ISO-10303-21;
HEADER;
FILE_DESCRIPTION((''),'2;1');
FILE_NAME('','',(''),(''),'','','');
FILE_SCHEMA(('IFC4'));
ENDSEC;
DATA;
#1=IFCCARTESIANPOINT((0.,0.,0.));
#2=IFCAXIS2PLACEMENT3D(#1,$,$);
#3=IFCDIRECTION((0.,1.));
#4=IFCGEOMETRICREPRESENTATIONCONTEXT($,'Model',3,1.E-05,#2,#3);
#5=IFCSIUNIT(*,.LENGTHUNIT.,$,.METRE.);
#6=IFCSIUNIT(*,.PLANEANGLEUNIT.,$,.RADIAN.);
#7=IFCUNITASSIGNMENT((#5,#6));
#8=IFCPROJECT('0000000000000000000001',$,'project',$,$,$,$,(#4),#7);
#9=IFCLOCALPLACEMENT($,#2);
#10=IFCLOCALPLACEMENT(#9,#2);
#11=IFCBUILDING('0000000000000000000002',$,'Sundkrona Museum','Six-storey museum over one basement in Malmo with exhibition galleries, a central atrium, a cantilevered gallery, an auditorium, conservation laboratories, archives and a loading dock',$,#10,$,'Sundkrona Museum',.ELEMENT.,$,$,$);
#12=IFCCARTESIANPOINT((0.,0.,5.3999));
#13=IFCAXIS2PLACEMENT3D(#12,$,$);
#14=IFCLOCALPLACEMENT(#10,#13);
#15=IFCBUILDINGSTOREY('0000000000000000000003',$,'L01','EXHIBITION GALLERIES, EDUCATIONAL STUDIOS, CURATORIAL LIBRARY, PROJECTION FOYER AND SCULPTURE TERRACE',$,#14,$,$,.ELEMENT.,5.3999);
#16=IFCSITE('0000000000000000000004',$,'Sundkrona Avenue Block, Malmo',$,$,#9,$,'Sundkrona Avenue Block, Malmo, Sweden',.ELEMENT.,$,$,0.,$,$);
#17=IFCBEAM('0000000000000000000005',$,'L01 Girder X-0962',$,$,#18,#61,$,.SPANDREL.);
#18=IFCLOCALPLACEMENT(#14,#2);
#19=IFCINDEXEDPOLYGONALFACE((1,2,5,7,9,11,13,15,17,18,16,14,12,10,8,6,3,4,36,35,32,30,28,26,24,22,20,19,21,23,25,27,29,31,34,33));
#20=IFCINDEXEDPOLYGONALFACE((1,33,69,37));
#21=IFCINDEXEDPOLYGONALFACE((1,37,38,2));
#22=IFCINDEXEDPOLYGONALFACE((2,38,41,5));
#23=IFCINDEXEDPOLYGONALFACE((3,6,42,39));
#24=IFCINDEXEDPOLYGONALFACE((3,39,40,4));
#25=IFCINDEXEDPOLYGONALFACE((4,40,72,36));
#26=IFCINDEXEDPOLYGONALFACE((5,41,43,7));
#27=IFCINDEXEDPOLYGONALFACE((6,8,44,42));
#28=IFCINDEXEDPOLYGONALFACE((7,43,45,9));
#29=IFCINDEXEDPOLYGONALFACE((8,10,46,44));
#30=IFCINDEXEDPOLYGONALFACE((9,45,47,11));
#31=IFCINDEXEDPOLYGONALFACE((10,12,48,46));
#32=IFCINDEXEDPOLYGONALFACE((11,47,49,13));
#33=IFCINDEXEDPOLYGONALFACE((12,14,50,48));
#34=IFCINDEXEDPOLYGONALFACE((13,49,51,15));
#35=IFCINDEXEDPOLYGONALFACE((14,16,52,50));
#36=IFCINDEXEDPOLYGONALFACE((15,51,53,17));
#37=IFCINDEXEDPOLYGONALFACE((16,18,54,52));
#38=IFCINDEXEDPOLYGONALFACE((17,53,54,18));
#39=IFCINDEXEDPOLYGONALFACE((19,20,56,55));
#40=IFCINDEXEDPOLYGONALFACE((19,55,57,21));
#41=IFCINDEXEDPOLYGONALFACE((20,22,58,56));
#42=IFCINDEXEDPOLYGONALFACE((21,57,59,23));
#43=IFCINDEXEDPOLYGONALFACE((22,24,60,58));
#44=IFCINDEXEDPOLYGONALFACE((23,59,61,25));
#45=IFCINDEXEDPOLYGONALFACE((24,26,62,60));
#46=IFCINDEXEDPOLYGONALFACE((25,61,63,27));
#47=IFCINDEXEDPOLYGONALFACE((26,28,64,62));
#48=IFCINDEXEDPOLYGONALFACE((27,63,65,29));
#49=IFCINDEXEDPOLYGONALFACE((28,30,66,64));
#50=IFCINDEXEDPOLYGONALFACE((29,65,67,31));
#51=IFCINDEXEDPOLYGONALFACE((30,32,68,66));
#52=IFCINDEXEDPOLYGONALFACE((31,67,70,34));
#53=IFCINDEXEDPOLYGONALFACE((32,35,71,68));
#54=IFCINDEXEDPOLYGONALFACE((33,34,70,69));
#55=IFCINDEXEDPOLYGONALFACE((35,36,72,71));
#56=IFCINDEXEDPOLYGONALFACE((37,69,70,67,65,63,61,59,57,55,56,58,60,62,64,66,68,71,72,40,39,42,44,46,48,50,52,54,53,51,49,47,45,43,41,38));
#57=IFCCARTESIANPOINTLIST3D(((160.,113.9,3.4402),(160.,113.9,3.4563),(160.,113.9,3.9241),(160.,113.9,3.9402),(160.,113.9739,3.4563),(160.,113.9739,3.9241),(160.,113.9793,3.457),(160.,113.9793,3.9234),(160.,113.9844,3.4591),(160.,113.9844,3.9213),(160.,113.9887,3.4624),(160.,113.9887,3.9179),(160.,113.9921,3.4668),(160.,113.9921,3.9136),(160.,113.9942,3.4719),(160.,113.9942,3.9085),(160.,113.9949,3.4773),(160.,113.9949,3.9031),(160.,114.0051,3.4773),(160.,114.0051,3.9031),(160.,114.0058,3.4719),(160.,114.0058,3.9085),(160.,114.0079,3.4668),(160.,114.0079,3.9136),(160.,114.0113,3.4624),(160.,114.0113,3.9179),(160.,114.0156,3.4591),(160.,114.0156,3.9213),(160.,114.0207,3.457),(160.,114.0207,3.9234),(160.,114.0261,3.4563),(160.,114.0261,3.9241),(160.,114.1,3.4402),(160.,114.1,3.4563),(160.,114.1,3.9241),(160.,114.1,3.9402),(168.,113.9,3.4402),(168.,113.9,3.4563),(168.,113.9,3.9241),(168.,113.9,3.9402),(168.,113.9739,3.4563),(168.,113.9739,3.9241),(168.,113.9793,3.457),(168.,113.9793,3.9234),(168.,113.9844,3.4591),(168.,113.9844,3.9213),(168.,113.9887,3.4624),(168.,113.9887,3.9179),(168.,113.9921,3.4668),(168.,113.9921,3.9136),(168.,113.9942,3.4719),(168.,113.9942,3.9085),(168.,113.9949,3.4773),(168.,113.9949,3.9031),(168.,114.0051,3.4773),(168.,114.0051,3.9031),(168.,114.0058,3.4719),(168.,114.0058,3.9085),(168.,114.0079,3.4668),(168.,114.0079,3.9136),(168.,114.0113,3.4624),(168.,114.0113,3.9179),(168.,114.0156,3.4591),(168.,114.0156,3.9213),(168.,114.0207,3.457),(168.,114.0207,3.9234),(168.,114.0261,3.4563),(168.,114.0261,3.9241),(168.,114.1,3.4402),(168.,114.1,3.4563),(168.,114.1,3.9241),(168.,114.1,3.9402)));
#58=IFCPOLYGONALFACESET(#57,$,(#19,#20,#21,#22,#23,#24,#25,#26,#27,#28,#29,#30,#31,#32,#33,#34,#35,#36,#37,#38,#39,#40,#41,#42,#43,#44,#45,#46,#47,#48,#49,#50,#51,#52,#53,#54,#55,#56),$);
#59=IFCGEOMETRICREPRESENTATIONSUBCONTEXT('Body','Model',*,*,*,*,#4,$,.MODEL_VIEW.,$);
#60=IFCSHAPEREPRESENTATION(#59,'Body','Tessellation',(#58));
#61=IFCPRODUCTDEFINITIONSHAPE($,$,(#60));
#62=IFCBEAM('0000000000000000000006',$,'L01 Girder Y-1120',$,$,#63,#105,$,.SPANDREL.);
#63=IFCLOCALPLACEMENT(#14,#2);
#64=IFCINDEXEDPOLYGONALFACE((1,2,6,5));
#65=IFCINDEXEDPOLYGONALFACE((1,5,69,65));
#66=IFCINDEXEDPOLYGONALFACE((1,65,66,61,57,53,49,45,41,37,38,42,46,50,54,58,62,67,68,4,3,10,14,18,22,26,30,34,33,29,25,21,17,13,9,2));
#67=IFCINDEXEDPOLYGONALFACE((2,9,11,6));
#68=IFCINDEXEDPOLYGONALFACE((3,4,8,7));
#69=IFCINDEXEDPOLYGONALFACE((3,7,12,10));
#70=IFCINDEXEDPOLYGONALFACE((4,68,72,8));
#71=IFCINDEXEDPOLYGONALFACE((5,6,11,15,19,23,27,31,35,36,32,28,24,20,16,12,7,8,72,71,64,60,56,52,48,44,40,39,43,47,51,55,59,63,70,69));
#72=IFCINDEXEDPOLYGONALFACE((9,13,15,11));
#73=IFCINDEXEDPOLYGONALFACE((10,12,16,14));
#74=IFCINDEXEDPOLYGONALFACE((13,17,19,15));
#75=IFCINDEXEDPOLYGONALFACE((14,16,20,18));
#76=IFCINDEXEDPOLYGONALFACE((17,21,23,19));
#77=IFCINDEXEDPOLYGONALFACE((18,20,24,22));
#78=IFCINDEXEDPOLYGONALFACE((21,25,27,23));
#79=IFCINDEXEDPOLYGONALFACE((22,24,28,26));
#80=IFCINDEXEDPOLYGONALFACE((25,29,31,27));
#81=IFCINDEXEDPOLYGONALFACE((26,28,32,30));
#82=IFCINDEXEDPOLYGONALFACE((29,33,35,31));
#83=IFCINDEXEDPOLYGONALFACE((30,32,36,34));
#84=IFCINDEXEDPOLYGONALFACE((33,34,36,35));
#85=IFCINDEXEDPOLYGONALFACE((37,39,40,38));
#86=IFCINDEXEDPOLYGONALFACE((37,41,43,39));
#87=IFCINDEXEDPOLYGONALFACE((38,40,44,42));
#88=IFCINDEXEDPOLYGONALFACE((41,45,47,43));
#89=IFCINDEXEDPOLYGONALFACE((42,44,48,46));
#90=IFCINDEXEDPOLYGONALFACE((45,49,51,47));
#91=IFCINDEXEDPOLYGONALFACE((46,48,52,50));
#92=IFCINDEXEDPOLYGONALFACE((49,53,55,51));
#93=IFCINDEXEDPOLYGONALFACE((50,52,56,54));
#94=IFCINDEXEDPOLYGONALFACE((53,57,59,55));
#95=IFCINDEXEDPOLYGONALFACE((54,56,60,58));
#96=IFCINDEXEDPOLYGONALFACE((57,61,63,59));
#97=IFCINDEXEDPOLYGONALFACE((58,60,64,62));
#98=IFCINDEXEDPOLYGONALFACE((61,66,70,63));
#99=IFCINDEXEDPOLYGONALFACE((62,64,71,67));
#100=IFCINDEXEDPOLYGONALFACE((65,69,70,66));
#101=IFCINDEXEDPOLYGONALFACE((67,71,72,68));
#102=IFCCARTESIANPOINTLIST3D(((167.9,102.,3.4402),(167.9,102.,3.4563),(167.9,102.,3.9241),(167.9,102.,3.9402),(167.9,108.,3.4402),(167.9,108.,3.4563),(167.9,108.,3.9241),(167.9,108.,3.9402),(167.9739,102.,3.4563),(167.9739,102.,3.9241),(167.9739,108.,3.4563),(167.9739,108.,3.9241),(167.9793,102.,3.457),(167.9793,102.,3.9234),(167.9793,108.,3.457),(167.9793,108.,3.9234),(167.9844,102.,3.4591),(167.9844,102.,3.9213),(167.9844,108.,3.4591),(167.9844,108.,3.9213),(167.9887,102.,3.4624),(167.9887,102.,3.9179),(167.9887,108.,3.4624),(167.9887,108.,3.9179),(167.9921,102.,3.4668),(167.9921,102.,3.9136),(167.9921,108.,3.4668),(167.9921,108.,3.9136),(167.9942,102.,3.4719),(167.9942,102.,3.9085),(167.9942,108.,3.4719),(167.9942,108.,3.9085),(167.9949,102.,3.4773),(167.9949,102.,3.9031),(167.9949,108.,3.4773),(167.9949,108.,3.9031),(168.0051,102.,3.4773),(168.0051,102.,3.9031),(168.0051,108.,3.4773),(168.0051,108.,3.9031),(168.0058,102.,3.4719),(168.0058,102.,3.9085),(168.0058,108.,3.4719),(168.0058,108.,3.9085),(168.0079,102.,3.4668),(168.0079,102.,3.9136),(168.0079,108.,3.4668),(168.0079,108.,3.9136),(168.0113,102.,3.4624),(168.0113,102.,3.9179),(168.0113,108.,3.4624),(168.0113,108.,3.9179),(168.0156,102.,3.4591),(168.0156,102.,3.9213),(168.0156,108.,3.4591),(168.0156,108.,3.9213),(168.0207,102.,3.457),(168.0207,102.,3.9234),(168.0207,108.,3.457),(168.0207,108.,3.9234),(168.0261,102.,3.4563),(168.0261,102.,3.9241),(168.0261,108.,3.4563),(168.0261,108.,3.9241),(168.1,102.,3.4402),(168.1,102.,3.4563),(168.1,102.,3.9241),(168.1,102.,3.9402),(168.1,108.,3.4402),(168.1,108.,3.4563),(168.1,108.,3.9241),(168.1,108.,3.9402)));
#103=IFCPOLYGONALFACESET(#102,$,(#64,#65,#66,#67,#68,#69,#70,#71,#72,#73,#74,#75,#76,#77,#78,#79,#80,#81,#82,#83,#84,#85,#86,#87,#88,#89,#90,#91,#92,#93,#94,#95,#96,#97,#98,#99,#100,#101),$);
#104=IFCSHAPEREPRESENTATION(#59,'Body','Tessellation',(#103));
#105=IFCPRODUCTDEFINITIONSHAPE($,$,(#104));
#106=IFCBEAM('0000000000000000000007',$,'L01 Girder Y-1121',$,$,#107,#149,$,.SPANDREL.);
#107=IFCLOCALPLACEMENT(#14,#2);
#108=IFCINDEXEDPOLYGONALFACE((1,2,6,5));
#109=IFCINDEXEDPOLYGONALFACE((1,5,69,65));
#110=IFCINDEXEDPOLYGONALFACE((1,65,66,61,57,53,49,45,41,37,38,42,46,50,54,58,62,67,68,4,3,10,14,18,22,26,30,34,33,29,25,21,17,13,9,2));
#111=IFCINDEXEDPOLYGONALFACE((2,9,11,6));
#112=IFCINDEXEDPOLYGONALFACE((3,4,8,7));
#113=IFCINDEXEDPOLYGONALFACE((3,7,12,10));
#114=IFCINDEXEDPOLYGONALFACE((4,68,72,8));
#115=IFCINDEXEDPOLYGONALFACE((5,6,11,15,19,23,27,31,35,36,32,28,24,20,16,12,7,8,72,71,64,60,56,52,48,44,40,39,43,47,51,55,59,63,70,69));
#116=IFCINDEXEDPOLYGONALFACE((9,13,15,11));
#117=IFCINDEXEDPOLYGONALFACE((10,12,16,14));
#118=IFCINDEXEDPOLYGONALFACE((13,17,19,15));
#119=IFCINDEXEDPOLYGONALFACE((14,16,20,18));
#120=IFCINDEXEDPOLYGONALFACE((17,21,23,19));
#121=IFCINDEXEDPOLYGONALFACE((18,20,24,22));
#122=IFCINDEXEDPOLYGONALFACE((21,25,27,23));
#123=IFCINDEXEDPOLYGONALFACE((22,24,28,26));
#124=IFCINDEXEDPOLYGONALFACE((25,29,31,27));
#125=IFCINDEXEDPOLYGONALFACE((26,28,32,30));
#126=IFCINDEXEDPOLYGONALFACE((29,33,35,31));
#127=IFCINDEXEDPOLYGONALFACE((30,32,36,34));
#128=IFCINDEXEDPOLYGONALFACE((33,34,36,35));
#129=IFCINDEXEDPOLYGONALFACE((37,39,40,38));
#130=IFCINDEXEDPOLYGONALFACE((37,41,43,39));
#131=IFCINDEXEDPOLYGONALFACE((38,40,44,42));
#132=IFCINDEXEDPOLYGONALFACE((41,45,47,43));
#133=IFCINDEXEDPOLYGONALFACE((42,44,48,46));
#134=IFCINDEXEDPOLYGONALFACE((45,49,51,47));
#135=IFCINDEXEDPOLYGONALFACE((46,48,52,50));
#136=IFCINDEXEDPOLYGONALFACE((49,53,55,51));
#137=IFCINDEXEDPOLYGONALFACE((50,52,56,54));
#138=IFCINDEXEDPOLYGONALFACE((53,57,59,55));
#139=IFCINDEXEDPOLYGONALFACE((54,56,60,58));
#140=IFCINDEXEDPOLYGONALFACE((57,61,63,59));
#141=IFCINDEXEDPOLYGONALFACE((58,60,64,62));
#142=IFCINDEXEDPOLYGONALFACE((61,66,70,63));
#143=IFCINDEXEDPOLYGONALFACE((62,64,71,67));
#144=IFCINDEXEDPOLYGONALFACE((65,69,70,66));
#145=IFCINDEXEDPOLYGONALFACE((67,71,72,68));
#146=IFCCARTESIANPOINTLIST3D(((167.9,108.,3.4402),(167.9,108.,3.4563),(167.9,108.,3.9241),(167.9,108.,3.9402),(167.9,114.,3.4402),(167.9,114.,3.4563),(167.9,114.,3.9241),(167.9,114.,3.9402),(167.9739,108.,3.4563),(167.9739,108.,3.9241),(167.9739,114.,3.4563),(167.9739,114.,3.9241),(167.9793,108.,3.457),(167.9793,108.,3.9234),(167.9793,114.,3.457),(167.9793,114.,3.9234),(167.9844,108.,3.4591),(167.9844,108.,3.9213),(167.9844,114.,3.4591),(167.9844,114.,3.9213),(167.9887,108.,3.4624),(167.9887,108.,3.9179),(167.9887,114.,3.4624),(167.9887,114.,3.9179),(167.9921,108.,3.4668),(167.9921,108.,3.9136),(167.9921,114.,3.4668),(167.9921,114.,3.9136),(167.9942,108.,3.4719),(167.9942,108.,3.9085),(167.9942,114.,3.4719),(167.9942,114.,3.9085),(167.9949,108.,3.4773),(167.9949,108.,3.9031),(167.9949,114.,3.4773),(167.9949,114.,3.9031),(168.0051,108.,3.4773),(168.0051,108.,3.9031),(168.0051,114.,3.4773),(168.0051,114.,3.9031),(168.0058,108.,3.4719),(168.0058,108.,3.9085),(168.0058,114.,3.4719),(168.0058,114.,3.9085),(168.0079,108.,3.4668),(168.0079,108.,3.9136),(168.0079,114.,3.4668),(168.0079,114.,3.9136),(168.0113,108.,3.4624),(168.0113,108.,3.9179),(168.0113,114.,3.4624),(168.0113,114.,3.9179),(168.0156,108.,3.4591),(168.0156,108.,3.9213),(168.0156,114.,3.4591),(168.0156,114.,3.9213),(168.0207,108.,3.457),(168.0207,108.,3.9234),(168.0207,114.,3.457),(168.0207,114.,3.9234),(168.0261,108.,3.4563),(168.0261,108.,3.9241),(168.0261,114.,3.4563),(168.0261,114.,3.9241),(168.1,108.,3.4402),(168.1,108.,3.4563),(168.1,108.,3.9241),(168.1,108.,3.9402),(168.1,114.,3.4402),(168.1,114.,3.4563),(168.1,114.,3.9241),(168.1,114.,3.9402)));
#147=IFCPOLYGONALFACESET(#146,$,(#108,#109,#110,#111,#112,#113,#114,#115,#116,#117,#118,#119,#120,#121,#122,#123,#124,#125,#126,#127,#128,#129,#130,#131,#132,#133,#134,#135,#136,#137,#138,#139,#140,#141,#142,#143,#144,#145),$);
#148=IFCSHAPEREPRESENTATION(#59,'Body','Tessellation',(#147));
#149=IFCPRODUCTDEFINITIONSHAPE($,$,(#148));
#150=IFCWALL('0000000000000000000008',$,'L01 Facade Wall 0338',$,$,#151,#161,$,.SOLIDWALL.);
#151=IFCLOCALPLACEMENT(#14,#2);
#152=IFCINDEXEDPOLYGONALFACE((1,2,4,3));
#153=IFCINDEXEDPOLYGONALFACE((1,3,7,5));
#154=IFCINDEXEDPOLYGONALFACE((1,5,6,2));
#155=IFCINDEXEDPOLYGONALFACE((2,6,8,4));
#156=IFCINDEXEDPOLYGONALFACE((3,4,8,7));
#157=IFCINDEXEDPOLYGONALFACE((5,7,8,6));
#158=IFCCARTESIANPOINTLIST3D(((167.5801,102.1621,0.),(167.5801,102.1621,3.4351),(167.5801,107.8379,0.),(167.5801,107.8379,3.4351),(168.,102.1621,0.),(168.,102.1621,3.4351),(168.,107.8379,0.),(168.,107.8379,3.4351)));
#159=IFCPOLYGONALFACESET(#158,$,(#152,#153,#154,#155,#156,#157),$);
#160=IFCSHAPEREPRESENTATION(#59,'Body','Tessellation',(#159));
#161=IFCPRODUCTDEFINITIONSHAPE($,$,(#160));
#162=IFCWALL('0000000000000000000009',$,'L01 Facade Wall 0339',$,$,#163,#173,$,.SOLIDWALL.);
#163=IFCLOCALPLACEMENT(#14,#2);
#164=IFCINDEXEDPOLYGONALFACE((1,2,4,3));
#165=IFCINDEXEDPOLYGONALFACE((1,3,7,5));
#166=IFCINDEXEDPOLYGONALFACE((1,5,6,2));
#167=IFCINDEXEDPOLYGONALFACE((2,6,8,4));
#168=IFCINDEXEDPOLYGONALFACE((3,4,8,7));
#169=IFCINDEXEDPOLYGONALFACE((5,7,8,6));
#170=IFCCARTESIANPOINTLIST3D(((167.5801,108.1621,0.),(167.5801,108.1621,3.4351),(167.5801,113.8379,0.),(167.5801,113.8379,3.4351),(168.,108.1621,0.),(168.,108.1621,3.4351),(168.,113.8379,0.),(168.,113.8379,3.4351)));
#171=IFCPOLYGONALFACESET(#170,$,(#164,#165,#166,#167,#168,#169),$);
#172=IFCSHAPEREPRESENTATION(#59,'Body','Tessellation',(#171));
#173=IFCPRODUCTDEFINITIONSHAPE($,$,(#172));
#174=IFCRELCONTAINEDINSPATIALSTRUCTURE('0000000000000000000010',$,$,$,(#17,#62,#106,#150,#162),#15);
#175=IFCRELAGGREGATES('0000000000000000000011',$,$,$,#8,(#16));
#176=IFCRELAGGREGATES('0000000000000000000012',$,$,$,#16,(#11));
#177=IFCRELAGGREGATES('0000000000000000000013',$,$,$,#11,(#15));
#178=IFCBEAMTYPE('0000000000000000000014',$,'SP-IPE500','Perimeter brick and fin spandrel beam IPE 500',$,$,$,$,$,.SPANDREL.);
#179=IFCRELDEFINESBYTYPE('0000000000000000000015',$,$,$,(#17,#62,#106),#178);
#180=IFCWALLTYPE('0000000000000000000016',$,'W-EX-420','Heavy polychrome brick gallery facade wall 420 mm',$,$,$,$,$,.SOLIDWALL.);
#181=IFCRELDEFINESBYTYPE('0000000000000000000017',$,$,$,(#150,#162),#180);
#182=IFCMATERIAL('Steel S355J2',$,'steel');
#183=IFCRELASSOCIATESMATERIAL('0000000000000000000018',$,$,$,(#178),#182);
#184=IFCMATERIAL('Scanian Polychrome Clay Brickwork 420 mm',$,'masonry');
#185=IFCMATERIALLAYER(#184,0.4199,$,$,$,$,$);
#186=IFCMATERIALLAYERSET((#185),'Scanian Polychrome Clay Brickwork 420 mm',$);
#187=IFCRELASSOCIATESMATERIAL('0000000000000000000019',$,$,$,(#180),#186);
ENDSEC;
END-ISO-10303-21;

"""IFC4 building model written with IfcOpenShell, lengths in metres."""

from ifc_helpers import new_model, si_unit, direction, frame, frame_2d, origin, origin_2d, place, context, subcontext, project, spatial, rectangle, i_section, extrude, material, layer, layer_set, material_profile, profile_set, type_object, element, save


model = new_model("IFC4")

# Units and contexts
model_context = context("Model", 3, precision=1e-05, world=origin(), true_north=direction((0.0, 1.0)))
body_context = subcontext(model_context, "Body", "Model", "MODEL_VIEW")
ifc_project = project(units=[si_unit("LENGTHUNIT", "METRE"), si_unit("PLANEANGLEUNIT", "RADIAN")], contexts=[model_context])

# Site, building, storey
site_placement = place(None, origin())
site = spatial("IfcSite", under=ifc_project, at=site_placement, Name="Sundkrona Avenue Block, Malmo", LongName="Sundkrona Avenue Block, Malmo, Sweden", CompositionType="ELEMENT", RefElevation=0.0)
building_placement = place(site_placement, origin())
building = spatial("IfcBuilding", under=site, at=building_placement, Name="Sundkrona Museum", Description="Six-storey museum over one basement in Malmo with exhibition galleries, a central atrium, a cantilevered gallery, an auditorium, conservation laboratories, archives and a loading dock", LongName="Sundkrona Museum", CompositionType="ELEMENT")
storey_placement = place(building_placement, frame((0.0, 0.0, 5.3999)))
storey = spatial("IfcBuildingStorey", under=building, at=storey_placement, Name="L01", Description="EXHIBITION GALLERIES, EDUCATIONAL STUDIOS, CURATORIAL LIBRARY, PROJECTION FOYER AND SCULPTURE TERRACE", CompositionType="ELEMENT", Elevation=5.3999)

# Shared definitions
ifc_material_1 = material(Name="Steel S355J2", Category="steel")

# Beams
ifc_material_profile_1 = material_profile(ifc_material_1, i_section(OverallWidth=0.2, OverallDepth=0.5, WebThickness=0.0103, FlangeThickness=0.0161, FilletRadius=0.021, at=origin_2d()), Name="IPE 500")
ifc_profile_set_1 = profile_set([ifc_material_profile_1], Name="Steel S355J2")
beam_type_1 = type_object("IfcBeamType", Name="SP-IPE500", Description="Perimeter brick and fin spandrel beam IPE 500", PredefinedType="SPANDREL", material=ifc_profile_set_1)
beam_1_placement = place(storey_placement, frame((160.0, 114.0, 3.6902), z_axis=(1.0, 0.0, 0.0), x_axis=(0.0, 1.0, 0.0)))
element("IfcBeam", 1, at=beam_1_placement, inside=storey, type_object=beam_type_1, Name="L01 Girder X-0962", PredefinedType="SPANDREL", context=body_context, shape_type="SweptSolid", body=[
    extrude(i_section(OverallWidth=0.2, OverallDepth=0.5, WebThickness=0.0103, FlangeThickness=0.0161, FilletRadius=0.021, at=origin_2d()), origin(), (0.0, 0.0, 1.0), 8.0),
])
for number, where, z_axis, x_axis, name in (
    (2, (168.0, 102.0, 3.6902), (0.0, 1.0, 0.0), (-1.0, 0.0, 0.0), "L01 Girder Y-1120"),
    (3, (168.0, 108.0, 3.6902), (0.0, 1.0, 0.0), (-1.0, 0.0, 0.0), "L01 Girder Y-1121"),
):
    element("IfcBeam", number, at=place(storey_placement, frame(where, z_axis=z_axis, x_axis=x_axis)), inside=storey, type_object=beam_type_1, Name=name, PredefinedType="SPANDREL", context=body_context, shape_type="SweptSolid", body=[
        extrude(i_section(OverallWidth=0.2, OverallDepth=0.5, WebThickness=0.0103, FlangeThickness=0.0161, FilletRadius=0.021, at=origin_2d()), origin(), (0.0, 0.0, 1.0), 6.0),
    ])

# Walls
ifc_material_2 = material(Name="Scanian Polychrome Clay Brickwork 420 mm", Category="masonry")
ifc_layer = layer(ifc_material_2, 0.4199)
ifc_layer_set = layer_set([ifc_layer], Name="Scanian Polychrome Clay Brickwork 420 mm")
wall_type = type_object("IfcWallType", Name="W-EX-420", Description="Heavy polychrome brick gallery facade wall 420 mm", PredefinedType="SOLIDWALL", material=ifc_layer_set)
for number, where, z_axis, x_axis, name in (
    (4, (167.79, 107.8379, 0.0), (0.0, 0.0, 1.0), (0.0, -1.0, 0.0), "L01 Facade Wall 0338"),
    (5, (167.79, 113.8379, 0.0), (0.0, 0.0, 1.0), (0.0, -1.0, 0.0), "L01 Facade Wall 0339"),
):
    element("IfcWall", number, at=place(storey_placement, frame(where, z_axis=z_axis, x_axis=x_axis)), inside=storey, type_object=wall_type, Name=name, PredefinedType="SOLIDWALL", context=body_context, shape_type="SweptSolid", body=[
        extrude(rectangle(XDim=5.6758, YDim=0.4199, at=frame_2d((2.8379, 0.0))), origin(), (0.0, 0.0, 1.0), 3.4351),
    ])

save(model, "model.ifc")
